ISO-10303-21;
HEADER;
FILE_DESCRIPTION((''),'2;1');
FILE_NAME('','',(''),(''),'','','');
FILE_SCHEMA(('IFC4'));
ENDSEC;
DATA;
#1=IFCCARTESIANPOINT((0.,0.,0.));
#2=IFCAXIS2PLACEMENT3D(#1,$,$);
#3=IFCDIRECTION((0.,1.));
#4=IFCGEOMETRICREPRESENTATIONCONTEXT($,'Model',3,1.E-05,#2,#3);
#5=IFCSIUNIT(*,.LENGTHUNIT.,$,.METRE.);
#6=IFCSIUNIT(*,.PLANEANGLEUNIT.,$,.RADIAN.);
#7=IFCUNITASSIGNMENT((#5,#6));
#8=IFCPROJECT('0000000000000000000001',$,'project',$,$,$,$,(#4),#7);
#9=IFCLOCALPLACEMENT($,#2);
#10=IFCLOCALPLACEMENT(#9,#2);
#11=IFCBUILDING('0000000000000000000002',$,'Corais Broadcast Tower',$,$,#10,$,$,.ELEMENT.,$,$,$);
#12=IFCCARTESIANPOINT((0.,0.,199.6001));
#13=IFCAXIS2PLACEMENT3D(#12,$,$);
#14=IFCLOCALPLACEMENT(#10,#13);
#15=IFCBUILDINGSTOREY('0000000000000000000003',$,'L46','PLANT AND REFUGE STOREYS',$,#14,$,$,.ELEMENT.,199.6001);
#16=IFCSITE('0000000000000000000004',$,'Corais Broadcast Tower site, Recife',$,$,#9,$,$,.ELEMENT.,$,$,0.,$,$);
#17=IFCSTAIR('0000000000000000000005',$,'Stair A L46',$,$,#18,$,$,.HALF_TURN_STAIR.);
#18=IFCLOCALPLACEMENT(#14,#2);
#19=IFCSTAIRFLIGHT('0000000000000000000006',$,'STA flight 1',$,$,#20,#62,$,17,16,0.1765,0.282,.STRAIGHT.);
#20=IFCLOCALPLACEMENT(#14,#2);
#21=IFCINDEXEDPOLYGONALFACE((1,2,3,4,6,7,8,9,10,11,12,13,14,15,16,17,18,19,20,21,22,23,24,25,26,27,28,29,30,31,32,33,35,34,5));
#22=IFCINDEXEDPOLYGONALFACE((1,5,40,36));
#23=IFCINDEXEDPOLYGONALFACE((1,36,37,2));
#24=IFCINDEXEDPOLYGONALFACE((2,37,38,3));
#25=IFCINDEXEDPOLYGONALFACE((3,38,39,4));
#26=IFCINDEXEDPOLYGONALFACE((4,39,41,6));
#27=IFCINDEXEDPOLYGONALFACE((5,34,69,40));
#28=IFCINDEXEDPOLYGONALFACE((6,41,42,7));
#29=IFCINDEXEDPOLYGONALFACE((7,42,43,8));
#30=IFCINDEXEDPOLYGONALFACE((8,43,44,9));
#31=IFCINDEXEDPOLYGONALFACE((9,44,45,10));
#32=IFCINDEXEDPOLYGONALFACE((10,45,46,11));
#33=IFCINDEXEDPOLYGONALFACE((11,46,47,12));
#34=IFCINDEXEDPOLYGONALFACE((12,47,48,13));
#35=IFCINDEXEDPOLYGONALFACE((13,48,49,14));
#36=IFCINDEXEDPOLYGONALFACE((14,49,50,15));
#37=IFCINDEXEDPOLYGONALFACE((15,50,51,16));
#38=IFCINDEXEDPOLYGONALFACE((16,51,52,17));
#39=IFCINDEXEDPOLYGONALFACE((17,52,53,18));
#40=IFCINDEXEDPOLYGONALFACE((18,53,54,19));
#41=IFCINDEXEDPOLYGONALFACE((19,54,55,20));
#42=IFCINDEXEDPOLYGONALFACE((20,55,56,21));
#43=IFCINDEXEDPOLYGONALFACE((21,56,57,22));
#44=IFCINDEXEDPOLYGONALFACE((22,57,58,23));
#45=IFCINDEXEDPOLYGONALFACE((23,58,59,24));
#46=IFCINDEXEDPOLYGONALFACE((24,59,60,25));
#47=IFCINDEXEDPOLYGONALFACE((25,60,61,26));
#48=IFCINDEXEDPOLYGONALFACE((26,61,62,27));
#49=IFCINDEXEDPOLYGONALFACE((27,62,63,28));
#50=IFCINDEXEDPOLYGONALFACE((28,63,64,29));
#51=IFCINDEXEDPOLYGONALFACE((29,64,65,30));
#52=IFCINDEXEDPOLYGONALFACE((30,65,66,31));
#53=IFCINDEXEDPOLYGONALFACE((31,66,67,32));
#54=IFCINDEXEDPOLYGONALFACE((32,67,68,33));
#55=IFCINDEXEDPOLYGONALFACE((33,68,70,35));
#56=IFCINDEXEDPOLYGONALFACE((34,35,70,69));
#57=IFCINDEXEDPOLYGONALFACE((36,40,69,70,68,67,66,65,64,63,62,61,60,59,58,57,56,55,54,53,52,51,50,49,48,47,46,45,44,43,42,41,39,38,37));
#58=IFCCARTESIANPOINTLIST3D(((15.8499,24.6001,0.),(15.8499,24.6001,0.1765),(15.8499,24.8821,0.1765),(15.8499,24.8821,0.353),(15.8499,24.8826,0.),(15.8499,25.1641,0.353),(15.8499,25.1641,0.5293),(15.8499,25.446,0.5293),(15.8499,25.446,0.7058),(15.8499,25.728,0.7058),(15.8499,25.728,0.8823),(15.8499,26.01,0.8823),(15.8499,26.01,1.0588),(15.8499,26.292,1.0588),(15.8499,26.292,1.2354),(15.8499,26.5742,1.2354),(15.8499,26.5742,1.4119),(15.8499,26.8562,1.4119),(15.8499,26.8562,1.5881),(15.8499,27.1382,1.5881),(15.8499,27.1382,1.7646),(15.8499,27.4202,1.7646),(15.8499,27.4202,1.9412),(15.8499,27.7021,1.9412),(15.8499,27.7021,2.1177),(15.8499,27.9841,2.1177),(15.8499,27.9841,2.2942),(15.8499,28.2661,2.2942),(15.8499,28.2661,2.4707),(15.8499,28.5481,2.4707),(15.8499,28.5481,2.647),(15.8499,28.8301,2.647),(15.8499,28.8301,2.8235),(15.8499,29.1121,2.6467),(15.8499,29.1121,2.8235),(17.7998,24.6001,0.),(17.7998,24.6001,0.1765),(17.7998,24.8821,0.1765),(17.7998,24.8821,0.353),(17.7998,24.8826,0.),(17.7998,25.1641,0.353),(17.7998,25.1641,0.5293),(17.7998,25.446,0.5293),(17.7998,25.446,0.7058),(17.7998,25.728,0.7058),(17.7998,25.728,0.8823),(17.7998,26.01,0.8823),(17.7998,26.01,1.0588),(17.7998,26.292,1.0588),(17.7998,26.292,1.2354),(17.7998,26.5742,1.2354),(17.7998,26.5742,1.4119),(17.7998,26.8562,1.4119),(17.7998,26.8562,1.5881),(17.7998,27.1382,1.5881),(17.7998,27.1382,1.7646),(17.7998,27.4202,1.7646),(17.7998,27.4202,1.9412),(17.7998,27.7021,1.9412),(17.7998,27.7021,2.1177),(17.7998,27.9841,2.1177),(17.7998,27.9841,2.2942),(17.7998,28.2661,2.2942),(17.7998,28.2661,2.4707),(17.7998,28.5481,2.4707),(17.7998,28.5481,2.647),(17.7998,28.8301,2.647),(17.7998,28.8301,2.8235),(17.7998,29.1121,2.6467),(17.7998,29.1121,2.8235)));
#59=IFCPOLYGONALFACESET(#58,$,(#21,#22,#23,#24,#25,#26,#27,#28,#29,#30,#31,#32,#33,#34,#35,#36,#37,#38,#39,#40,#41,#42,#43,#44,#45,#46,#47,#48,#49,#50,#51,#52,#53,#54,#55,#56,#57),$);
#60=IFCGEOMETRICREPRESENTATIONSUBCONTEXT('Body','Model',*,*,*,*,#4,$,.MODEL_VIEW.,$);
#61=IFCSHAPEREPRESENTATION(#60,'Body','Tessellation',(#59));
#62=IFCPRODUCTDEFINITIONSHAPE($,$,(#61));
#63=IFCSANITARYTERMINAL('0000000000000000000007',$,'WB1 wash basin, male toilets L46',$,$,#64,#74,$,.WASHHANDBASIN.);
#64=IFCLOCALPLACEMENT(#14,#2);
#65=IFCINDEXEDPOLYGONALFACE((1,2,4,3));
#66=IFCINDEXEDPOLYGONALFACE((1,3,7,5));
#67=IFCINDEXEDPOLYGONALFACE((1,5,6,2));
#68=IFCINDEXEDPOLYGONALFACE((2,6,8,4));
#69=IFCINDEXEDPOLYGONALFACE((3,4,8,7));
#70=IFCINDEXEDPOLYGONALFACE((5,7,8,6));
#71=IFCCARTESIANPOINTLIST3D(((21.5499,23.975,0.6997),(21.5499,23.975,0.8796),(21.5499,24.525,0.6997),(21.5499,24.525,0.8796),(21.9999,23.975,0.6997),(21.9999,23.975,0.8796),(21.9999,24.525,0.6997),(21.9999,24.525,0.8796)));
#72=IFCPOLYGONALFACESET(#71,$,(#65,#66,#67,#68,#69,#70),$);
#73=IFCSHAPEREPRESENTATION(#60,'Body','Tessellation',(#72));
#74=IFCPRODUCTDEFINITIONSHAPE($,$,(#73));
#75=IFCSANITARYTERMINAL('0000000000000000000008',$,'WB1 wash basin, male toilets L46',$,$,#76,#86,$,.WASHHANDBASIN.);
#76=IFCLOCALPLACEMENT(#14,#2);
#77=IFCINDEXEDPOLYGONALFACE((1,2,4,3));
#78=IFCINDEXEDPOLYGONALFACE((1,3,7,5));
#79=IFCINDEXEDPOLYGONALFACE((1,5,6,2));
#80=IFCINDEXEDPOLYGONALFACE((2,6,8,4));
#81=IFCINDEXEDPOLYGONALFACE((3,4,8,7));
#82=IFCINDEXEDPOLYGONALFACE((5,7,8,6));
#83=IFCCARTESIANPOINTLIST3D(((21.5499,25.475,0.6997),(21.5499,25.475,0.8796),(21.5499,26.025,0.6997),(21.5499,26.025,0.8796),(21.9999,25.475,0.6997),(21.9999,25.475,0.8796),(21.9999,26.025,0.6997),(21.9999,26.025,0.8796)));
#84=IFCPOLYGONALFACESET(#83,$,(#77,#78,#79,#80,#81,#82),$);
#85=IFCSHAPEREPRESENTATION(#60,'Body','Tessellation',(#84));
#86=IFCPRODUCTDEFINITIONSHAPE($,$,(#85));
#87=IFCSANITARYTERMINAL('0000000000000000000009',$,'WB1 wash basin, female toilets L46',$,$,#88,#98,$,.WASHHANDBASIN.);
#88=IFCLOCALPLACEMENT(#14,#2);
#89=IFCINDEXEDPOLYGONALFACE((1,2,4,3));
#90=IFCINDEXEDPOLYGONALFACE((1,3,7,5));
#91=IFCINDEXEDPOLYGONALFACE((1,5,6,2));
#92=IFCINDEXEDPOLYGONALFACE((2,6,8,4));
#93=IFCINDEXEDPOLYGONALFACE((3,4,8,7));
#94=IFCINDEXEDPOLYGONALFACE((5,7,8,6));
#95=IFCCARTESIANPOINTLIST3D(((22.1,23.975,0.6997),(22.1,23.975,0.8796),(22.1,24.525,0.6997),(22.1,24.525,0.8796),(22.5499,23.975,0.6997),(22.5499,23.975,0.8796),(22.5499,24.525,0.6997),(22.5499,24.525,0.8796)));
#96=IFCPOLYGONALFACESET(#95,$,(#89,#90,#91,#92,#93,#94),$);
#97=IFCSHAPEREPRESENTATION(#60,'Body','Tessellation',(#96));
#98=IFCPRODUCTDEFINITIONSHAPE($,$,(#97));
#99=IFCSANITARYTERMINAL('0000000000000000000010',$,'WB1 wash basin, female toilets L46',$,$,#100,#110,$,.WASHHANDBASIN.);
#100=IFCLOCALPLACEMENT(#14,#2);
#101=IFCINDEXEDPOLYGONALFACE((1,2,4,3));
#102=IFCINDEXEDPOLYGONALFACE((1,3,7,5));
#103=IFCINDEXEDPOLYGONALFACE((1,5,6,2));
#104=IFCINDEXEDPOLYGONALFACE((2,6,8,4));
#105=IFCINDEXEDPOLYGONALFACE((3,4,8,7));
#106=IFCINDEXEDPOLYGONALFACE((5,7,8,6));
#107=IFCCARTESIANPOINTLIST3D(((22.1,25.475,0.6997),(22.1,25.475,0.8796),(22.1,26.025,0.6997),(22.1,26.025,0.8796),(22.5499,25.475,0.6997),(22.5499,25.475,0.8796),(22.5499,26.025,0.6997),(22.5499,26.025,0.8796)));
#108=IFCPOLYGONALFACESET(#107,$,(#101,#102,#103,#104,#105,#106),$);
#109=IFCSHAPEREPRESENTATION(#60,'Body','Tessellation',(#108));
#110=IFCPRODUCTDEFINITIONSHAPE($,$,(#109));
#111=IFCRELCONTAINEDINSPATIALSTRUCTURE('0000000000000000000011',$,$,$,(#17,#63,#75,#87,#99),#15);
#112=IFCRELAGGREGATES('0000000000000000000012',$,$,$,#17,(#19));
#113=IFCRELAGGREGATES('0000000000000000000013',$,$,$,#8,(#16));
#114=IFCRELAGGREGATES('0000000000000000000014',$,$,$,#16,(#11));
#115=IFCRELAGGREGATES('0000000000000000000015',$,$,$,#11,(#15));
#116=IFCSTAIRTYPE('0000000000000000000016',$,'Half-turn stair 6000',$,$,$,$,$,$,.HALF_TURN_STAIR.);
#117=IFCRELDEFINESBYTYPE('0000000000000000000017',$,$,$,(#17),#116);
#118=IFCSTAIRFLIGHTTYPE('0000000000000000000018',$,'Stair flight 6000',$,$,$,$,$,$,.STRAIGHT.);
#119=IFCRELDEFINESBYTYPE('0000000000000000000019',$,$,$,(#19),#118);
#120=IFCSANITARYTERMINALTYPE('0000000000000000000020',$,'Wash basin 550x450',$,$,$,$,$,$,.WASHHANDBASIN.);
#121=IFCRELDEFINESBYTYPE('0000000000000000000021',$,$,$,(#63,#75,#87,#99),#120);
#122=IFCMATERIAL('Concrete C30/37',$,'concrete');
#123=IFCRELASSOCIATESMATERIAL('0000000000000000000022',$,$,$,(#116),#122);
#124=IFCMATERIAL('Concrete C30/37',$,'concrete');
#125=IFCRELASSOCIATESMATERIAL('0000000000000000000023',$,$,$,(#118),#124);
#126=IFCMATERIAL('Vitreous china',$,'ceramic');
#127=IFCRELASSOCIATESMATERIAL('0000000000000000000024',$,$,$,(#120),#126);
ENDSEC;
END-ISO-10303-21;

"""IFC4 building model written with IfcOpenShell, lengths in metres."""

from ifc_helpers import new_model, si_unit, direction, frame, origin, origin_2d, place, context, subcontext, project, spatial, polyline, rectangle, outline, extrude, material, type_object, element, aggregate, save


model = new_model("IFC4")

# Units and contexts
model_context = context("Model", 3, precision=1e-05, world=origin(), true_north=direction((0.0, 1.0)))
body_context = subcontext(model_context, "Body", "Model", "MODEL_VIEW")
ifc_project = project(units=[si_unit("LENGTHUNIT", "METRE"), si_unit("PLANEANGLEUNIT", "RADIAN")], contexts=[model_context])

# Site, building, storey
site_placement = place(None, origin())
site = spatial("IfcSite", under=ifc_project, at=site_placement, Name="Corais Broadcast Tower site, Recife", CompositionType="ELEMENT", RefElevation=0.0)
building_placement = place(site_placement, origin())
building = spatial("IfcBuilding", under=site, at=building_placement, Name="Corais Broadcast Tower", CompositionType="ELEMENT")
storey_placement = place(building_placement, frame((0.0, 0.0, 199.6001)))
storey = spatial("IfcBuildingStorey", under=building, at=storey_placement, Name="L46", Description="PLANT AND REFUGE STOREYS", CompositionType="ELEMENT", Elevation=199.6001)

# Stair, stair flight
ifc_material_1 = material(Name="Concrete C30/37", Category="concrete")
stair_type = type_object("IfcStairType", Name="Half-turn stair 6000", PredefinedType="HALF_TURN_STAIR", material=ifc_material_1)
stair_placement = place(storey_placement, origin())
stair = element("IfcStair", 1, at=stair_placement, inside=storey, type_object=stair_type, Name="Stair A L46", PredefinedType="HALF_TURN_STAIR")
ifc_material_2 = material(Name="Concrete C30/37", Category="concrete")
stair_flight_type = type_object("IfcStairFlightType", Name="Stair flight 6000", PredefinedType="STRAIGHT", material=ifc_material_2)
stair_flight_placement = place(storey_placement, frame((16.825, 24.6001, 0.0), z_axis=(0.0, 0.0, 1.0), x_axis=(0.0, 1.0, 0.0)))
stair_flight = element("IfcStairFlight", 2, at=stair_flight_placement, type_object=stair_flight_type, Name="STA flight 1", NumberOfRisers=17, NumberOfTreads=16, PredefinedType="STRAIGHT", RiserHeight=0.1765, TreadLength=0.282, context=body_context, shape_type="SweptSolid", body=[
    extrude(outline(polyline([(0.0, 0.0), (0.0, 0.1765), (0.282, 0.1765), (0.282, 0.353), (0.564, 0.353), (0.564, 0.5293), (0.8459, 0.5293), (0.8459, 0.7058), (1.1279, 0.7058), (1.1279, 0.8823), (1.4099, 0.8823), (1.4099, 1.0588), (1.6919, 1.0588), (1.6919, 1.2354), (1.9741, 1.2354), (1.9741, 1.4119), (2.2561, 1.4119), (2.2561, 1.5881), (2.5381, 1.5881), (2.5381, 1.7646), (2.8201, 1.7646), (2.8201, 1.9412), (3.1021, 1.9412), (3.1021, 2.1177), (3.384, 2.1177), (3.384, 2.2942), (3.666, 2.2942), (3.666, 2.4707), (3.948, 2.4707), (3.948, 2.647), (4.23, 2.647), (4.23, 2.8235), (4.512, 2.8235), (4.512, 3.0), (4.512, 2.6467), (0.2825, 0.0), (0.0, 0.0)])), frame((0.0, 0.9751, 0.0), z_axis=(0.0, -1.0, 0.0), x_axis=(1.0, 0.0, 0.0)), (0.0, 0.0, 1.0), 1.95),
])
aggregate(stair, [stair_flight])

# Sanitary terminals
ifc_material_3 = material(Name="Vitreous china", Category="ceramic")
sanitary_terminal_type = type_object("IfcSanitaryTerminalType", Name="Wash basin 550x450", PredefinedType="WASHHANDBASIN", material=ifc_material_3)
for number, where, z_axis, x_axis, name in (
    (3, (21.7749, 24.25, 0.6997), (0.0, 0.0, 1.0), (1.0, 0.0, 0.0), "WB1 wash basin, male toilets L46"),
    (4, (21.7749, 25.75, 0.6997), (0.0, 0.0, 1.0), (1.0, 0.0, 0.0), "WB1 wash basin, male toilets L46"),
    (5, (22.325, 24.25, 0.6997), (0.0, 0.0, 1.0), (1.0, 0.0, 0.0), "WB1 wash basin, female toilets L46"),
    (6, (22.325, 25.75, 0.6997), (0.0, 0.0, 1.0), (1.0, 0.0, 0.0), "WB1 wash basin, female toilets L46"),
):
    element("IfcSanitaryTerminal", number, at=place(storey_placement, frame(where, z_axis=z_axis, x_axis=x_axis)), inside=storey, type_object=sanitary_terminal_type, Name=name, PredefinedType="WASHHANDBASIN", context=body_context, shape_type="SweptSolid", body=[
        extrude(rectangle(XDim=0.45, YDim=0.55, at=origin_2d()), origin(), (0.0, 0.0, 1.0), 0.1799),
    ])

save(model, "model.ifc")
